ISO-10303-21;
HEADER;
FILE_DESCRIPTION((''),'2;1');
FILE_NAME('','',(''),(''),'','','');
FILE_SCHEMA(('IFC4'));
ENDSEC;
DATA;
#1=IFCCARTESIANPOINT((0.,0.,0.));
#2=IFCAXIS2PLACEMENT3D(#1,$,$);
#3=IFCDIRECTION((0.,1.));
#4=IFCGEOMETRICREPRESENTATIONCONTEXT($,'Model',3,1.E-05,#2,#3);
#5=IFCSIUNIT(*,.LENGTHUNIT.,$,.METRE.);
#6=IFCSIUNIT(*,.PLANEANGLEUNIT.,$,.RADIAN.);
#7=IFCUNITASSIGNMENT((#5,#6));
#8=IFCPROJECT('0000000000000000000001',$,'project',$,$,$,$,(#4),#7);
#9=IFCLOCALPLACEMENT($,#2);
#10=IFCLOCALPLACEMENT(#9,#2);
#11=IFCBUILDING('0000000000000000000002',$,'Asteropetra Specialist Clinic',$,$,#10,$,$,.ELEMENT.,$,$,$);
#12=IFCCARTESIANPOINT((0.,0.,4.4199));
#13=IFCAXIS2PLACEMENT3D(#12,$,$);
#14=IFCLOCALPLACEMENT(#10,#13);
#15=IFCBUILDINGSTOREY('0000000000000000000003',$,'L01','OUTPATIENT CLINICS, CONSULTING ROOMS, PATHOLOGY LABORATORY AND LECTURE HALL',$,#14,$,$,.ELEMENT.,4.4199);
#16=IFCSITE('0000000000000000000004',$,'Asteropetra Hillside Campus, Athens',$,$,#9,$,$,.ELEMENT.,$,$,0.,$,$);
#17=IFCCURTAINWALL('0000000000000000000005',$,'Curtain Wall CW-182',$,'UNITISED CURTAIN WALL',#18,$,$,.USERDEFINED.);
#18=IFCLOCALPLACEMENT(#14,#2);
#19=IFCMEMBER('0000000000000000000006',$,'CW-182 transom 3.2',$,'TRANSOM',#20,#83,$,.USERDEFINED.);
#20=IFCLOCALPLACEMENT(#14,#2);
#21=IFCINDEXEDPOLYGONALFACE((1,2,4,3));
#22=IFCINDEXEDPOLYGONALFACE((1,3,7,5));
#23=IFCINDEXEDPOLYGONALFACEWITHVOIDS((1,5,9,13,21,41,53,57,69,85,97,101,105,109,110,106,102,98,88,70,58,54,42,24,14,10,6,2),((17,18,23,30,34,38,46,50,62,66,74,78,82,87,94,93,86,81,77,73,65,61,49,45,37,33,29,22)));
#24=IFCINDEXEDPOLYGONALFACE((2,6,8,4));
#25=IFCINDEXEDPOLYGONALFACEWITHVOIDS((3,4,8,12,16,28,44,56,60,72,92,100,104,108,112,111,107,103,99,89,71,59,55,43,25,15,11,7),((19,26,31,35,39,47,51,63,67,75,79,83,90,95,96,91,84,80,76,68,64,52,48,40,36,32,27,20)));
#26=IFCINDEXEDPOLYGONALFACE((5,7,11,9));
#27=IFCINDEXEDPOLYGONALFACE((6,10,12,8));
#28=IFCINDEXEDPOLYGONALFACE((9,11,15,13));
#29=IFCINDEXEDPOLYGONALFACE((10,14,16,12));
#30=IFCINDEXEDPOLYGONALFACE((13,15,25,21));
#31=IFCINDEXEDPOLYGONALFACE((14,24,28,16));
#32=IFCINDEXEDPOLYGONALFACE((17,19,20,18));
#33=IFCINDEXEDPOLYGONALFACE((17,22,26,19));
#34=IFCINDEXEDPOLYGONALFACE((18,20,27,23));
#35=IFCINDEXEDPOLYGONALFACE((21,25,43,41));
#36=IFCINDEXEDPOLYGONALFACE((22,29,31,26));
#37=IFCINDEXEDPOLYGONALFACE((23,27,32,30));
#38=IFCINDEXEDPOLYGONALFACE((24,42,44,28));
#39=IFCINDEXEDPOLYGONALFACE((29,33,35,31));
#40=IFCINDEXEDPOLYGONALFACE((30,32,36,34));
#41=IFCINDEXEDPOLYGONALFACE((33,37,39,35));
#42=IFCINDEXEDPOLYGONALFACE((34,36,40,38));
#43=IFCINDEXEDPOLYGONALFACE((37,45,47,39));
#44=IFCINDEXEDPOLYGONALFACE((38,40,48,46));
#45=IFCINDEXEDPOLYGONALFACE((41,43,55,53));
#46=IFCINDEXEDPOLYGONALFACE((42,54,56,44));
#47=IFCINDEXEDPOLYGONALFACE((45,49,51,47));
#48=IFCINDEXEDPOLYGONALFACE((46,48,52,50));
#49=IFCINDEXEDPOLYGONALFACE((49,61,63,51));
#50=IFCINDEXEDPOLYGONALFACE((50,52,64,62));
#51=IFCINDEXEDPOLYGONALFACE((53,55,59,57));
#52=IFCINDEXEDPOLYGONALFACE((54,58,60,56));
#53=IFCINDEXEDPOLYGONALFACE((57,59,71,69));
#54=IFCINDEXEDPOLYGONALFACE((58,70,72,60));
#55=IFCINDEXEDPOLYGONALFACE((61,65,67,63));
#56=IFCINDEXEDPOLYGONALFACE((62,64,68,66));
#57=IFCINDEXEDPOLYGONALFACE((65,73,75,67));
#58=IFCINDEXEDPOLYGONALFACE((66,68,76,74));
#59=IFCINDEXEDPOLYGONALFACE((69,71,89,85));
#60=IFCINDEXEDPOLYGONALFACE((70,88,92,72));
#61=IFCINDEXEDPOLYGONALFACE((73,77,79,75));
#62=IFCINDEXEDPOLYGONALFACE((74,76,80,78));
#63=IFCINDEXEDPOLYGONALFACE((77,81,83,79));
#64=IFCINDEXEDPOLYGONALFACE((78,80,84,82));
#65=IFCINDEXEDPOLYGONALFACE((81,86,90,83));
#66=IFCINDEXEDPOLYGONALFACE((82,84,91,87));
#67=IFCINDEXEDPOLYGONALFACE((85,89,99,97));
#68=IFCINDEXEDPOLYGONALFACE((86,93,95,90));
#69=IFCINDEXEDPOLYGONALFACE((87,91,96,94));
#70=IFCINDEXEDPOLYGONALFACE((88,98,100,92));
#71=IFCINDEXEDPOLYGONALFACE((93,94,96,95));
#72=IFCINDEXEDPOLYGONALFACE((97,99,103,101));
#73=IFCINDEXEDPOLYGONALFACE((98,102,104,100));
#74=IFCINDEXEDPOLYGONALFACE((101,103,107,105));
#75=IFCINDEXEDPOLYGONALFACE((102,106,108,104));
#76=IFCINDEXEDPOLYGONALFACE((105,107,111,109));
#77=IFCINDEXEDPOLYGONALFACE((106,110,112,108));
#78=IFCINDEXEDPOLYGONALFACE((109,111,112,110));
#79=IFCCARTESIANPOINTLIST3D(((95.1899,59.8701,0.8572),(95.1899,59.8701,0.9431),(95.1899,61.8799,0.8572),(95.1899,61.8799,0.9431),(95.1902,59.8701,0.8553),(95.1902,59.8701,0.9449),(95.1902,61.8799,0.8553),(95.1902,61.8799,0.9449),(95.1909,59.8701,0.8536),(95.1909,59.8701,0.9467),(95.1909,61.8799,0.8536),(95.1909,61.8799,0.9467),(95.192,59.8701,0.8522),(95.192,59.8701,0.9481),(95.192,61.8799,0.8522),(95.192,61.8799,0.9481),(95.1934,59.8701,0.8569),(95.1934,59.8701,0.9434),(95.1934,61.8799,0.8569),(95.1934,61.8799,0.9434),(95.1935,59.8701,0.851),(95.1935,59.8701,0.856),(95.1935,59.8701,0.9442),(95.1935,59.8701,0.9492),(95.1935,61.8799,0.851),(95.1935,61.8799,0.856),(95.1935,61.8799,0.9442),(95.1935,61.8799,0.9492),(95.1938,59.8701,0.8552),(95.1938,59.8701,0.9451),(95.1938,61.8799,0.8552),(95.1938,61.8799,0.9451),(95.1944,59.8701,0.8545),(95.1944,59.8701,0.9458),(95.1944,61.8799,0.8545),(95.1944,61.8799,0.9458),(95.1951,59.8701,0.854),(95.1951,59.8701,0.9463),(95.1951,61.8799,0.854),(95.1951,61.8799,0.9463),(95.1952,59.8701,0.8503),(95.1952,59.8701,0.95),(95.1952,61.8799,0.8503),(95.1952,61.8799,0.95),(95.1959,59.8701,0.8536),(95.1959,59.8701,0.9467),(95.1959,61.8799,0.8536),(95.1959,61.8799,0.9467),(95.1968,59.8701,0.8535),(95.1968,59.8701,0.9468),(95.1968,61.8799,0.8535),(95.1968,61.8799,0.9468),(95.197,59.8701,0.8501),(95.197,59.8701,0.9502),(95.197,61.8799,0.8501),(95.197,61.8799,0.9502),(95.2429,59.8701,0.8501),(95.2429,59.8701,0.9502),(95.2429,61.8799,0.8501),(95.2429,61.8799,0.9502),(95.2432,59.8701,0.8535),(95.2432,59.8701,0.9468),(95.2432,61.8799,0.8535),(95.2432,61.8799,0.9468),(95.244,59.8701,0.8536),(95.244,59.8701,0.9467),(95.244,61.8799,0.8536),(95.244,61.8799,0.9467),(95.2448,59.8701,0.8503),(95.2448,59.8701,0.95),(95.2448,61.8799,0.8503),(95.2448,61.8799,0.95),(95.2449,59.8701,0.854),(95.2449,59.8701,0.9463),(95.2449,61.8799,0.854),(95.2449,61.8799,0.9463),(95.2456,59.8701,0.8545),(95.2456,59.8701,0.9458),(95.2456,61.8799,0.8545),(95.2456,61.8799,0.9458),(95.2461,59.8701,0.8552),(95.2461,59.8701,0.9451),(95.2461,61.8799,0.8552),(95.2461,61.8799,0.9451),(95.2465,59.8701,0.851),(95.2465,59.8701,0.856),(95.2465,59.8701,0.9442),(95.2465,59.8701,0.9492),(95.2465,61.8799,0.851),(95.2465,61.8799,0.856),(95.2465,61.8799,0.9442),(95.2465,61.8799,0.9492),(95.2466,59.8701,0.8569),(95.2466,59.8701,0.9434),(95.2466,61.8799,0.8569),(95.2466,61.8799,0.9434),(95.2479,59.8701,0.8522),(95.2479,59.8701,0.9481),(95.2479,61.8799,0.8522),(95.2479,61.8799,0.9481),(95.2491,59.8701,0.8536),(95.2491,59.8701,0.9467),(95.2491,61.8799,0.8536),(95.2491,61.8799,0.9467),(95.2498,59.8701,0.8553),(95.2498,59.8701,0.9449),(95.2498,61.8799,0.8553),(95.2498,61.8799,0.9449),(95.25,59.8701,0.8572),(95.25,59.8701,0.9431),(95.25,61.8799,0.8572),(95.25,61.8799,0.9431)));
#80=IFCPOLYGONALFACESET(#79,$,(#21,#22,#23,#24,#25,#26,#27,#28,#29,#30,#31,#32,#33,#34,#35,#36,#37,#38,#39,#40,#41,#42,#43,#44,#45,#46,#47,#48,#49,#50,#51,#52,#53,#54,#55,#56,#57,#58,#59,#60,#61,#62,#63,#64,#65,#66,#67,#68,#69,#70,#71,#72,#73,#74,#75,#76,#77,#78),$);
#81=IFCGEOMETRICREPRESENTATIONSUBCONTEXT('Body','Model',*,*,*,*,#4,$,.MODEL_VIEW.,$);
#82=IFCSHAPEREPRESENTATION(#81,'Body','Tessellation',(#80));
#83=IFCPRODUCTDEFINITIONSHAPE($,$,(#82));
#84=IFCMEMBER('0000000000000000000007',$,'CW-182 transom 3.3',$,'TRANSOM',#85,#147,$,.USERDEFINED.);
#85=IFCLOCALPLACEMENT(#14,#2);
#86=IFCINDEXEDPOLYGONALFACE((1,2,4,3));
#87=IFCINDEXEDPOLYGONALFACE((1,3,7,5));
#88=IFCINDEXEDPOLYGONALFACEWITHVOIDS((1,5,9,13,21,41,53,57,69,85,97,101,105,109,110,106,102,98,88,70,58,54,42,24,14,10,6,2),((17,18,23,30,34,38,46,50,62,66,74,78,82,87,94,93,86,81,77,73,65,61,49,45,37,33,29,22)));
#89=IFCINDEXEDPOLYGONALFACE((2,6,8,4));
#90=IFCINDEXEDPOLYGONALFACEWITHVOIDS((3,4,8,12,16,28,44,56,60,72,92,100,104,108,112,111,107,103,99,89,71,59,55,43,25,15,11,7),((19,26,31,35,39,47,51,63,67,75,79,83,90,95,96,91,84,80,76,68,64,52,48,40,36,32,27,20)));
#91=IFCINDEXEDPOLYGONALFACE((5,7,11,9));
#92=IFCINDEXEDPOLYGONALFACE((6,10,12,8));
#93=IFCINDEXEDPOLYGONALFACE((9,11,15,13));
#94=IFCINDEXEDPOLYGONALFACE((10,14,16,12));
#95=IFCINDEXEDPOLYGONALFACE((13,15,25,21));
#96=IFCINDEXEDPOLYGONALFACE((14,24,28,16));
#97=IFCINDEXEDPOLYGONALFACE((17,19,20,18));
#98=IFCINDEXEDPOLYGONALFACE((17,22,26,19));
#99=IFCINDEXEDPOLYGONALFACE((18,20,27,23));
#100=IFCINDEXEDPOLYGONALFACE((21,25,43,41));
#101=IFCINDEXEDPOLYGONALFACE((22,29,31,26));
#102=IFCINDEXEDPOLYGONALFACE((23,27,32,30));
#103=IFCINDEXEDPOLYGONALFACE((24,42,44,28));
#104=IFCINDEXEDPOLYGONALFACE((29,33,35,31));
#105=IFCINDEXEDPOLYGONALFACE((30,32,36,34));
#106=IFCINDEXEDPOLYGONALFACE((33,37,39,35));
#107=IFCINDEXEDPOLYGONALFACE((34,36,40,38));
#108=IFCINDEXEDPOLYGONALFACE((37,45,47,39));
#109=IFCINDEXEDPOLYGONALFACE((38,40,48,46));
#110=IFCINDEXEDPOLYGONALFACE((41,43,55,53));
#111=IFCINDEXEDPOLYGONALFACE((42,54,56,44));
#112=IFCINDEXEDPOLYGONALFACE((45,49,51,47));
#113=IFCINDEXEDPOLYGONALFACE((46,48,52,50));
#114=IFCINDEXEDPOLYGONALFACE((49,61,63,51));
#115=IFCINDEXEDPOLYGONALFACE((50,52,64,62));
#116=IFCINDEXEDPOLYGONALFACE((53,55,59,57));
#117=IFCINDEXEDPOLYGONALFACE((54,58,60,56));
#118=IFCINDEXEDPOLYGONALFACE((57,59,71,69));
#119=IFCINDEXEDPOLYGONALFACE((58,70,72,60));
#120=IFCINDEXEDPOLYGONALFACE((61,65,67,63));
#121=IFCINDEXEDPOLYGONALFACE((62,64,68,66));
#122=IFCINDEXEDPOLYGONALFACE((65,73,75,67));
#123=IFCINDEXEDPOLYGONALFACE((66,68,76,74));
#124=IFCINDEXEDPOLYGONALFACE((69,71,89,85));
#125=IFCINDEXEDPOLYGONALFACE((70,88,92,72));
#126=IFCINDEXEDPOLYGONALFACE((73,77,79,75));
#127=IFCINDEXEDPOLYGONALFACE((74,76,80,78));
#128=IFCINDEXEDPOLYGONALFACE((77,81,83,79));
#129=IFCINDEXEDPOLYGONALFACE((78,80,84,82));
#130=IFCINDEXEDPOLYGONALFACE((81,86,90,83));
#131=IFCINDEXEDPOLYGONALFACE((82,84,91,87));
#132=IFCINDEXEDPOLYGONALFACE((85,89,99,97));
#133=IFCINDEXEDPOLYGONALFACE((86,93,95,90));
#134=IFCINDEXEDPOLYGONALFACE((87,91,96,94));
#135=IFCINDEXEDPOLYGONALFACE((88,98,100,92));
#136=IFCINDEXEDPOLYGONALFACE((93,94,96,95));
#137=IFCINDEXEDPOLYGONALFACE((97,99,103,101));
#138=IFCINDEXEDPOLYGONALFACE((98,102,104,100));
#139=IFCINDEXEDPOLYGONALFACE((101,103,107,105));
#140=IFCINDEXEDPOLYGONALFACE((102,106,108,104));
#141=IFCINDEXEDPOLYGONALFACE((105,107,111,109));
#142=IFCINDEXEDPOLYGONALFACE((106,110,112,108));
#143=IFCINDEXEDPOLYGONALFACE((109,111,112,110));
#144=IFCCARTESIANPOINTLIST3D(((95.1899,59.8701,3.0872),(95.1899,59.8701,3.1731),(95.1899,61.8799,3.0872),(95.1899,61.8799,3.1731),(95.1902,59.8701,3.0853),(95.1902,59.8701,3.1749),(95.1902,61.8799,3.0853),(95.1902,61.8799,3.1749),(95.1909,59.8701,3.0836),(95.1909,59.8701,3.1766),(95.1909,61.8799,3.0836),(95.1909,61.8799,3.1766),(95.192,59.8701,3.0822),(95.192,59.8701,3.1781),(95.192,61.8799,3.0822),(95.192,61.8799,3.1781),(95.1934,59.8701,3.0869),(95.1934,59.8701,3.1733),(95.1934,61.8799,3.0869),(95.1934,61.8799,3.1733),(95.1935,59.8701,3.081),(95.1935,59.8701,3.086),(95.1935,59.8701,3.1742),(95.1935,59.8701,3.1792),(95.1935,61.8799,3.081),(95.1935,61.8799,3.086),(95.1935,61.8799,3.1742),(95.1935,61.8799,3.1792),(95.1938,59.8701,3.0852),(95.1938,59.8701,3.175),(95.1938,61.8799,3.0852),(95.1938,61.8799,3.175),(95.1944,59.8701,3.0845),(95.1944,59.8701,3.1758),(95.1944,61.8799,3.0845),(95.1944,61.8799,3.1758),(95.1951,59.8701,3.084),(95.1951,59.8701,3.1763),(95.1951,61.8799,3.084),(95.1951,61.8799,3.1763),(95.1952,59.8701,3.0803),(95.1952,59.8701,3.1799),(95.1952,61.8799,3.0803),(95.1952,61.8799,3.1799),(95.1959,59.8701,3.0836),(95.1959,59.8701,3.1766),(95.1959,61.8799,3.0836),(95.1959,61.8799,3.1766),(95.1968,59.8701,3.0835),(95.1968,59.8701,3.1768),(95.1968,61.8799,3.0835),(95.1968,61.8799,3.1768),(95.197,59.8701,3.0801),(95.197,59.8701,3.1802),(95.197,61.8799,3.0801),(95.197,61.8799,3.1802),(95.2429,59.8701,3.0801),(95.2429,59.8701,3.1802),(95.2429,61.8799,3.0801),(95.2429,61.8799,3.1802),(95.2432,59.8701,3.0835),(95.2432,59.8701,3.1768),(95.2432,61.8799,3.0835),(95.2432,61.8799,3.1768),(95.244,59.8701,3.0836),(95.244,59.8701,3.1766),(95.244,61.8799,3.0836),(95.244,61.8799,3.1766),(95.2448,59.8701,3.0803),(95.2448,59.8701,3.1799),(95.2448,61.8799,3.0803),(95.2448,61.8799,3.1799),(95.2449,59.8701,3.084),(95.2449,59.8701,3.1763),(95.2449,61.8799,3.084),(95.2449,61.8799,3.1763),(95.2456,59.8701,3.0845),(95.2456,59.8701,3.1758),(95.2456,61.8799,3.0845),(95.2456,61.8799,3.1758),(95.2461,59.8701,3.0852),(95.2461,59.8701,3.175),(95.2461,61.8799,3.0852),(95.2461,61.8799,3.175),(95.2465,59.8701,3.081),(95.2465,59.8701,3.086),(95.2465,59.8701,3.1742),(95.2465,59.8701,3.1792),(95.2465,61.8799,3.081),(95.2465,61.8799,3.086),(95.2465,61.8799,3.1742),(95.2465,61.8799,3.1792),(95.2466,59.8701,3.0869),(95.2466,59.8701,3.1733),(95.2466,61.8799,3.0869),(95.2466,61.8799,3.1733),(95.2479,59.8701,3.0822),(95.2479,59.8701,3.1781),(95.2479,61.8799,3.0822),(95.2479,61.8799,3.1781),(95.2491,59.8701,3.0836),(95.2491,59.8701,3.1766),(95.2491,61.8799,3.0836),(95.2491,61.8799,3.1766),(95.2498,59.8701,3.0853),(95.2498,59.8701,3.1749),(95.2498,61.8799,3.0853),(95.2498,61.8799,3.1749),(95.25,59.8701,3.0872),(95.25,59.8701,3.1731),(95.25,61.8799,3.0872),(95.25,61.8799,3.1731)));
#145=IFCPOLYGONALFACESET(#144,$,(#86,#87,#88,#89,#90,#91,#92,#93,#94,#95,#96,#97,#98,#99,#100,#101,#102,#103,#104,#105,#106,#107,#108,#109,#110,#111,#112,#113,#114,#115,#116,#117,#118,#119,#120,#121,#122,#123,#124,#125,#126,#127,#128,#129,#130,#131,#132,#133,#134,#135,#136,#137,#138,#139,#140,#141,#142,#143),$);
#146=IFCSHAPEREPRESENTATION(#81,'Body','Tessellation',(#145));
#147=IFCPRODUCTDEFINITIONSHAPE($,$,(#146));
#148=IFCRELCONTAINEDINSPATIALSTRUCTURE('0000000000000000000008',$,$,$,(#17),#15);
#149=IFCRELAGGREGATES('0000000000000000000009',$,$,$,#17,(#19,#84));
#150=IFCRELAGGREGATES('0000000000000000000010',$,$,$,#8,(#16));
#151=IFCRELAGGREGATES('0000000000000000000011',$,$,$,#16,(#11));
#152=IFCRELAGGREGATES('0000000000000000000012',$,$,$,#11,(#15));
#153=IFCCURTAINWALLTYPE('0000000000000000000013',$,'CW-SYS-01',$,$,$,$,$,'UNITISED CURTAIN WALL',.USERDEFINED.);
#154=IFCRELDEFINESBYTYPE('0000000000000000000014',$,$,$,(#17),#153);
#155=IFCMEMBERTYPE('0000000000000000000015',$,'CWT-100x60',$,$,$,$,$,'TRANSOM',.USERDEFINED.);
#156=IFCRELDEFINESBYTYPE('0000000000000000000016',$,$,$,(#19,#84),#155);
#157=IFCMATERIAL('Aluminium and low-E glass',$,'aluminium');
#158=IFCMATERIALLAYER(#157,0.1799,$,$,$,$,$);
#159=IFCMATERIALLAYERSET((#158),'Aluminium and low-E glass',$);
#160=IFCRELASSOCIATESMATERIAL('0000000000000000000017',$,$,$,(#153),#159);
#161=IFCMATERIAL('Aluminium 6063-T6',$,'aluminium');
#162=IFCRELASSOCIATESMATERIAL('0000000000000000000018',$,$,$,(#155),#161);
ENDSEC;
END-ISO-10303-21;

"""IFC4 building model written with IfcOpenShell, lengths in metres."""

from ifc_helpers import new_model, si_unit, direction, frame, origin, origin_2d, place, context, subcontext, project, spatial, hollow_rectangle, extrude, material, layer, layer_set, material_profile, profile_set, type_object, element, aggregate, save


model = new_model("IFC4")

# Units and contexts
model_context = context("Model", 3, precision=1e-05, world=origin(), true_north=direction((0.0, 1.0)))
body_context = subcontext(model_context, "Body", "Model", "MODEL_VIEW")
ifc_project = project(units=[si_unit("LENGTHUNIT", "METRE"), si_unit("PLANEANGLEUNIT", "RADIAN")], contexts=[model_context])

# Site, building, storey
site_placement = place(None, origin())
site = spatial("IfcSite", under=ifc_project, at=site_placement, Name="Asteropetra Hillside Campus, Athens", CompositionType="ELEMENT", RefElevation=0.0)
building_placement = place(site_placement, origin())
building = spatial("IfcBuilding", under=site, at=building_placement, Name="Asteropetra Specialist Clinic", CompositionType="ELEMENT")
storey_placement = place(building_placement, frame((0.0, 0.0, 4.4199)))
storey = spatial("IfcBuildingStorey", under=building, at=storey_placement, Name="L01", Description="OUTPATIENT CLINICS, CONSULTING ROOMS, PATHOLOGY LABORATORY AND LECTURE HALL", CompositionType="ELEMENT", Elevation=4.4199)

# Curtain wall, members
ifc_material_1 = material(Name="Aluminium and low-E glass", Category="aluminium")
ifc_layer_1 = layer(ifc_material_1, 0.1799)
ifc_layer_set_1 = layer_set([ifc_layer_1], Name="Aluminium and low-E glass")
curtain_wall_type = type_object("IfcCurtainWallType", Name="CW-SYS-01", ElementType="UNITISED CURTAIN WALL", PredefinedType="USERDEFINED", material=ifc_layer_set_1)
curtain_wall_placement = place(storey_placement, origin())
curtain_wall = element("IfcCurtainWall", 1, at=curtain_wall_placement, inside=storey, type_object=curtain_wall_type, Name="Curtain Wall CW-182", ObjectType="UNITISED CURTAIN WALL", PredefinedType="USERDEFINED")
ifc_material_2 = material(Name="Aluminium 6063-T6", Category="aluminium")
ifc_material_profile_1 = material_profile(ifc_material_2, hollow_rectangle(XDim=0.0601, YDim=0.1001, WallThickness=0.0034, InnerFilletRadius=0.0034, OuterFilletRadius=0.0071, at=origin_2d()), Name="TRN 100x60x3.5")
ifc_profile_set_1 = profile_set([ifc_material_profile_1], Name="Aluminium 6063-T6")
member_type_1 = type_object("IfcMemberType", Name="CWT-100x60", ElementType="TRANSOM", PredefinedType="USERDEFINED", material=ifc_profile_set_1)
member_1_placement = place(storey_placement, frame((95.22, 59.8701, 0.9001), z_axis=(0.0, 1.0, 0.0), x_axis=(-1.0, 0.0, 0.0)))
member_1 = element("IfcMember", 2, at=member_1_placement, type_object=member_type_1, Name="CW-182 transom 3.2", ObjectType="TRANSOM", PredefinedType="USERDEFINED", context=body_context, shape_type="SweptSolid", body=[
    extrude(hollow_rectangle(XDim=0.0601, YDim=0.1001, WallThickness=0.0034, InnerFilletRadius=0.0034, OuterFilletRadius=0.0071, at=origin_2d()), origin(), (0.0, 0.0, 1.0), 2.0098),
])
member_2_placement = place(storey_placement, frame((95.22, 59.8701, 3.1301), z_axis=(0.0, 1.0, 0.0), x_axis=(-1.0, 0.0, 0.0)))
member_2 = element("IfcMember", 3, at=member_2_placement, type_object=member_type_1, Name="CW-182 transom 3.3", ObjectType="TRANSOM", PredefinedType="USERDEFINED", context=body_context, shape_type="SweptSolid", body=[
    extrude(hollow_rectangle(XDim=0.0601, YDim=0.1001, WallThickness=0.0034, InnerFilletRadius=0.0034, OuterFilletRadius=0.0071, at=origin_2d()), origin(), (0.0, 0.0, 1.0), 2.0098),
])
aggregate(curtain_wall, [member_1, member_2])

save(model, "model.ifc")
